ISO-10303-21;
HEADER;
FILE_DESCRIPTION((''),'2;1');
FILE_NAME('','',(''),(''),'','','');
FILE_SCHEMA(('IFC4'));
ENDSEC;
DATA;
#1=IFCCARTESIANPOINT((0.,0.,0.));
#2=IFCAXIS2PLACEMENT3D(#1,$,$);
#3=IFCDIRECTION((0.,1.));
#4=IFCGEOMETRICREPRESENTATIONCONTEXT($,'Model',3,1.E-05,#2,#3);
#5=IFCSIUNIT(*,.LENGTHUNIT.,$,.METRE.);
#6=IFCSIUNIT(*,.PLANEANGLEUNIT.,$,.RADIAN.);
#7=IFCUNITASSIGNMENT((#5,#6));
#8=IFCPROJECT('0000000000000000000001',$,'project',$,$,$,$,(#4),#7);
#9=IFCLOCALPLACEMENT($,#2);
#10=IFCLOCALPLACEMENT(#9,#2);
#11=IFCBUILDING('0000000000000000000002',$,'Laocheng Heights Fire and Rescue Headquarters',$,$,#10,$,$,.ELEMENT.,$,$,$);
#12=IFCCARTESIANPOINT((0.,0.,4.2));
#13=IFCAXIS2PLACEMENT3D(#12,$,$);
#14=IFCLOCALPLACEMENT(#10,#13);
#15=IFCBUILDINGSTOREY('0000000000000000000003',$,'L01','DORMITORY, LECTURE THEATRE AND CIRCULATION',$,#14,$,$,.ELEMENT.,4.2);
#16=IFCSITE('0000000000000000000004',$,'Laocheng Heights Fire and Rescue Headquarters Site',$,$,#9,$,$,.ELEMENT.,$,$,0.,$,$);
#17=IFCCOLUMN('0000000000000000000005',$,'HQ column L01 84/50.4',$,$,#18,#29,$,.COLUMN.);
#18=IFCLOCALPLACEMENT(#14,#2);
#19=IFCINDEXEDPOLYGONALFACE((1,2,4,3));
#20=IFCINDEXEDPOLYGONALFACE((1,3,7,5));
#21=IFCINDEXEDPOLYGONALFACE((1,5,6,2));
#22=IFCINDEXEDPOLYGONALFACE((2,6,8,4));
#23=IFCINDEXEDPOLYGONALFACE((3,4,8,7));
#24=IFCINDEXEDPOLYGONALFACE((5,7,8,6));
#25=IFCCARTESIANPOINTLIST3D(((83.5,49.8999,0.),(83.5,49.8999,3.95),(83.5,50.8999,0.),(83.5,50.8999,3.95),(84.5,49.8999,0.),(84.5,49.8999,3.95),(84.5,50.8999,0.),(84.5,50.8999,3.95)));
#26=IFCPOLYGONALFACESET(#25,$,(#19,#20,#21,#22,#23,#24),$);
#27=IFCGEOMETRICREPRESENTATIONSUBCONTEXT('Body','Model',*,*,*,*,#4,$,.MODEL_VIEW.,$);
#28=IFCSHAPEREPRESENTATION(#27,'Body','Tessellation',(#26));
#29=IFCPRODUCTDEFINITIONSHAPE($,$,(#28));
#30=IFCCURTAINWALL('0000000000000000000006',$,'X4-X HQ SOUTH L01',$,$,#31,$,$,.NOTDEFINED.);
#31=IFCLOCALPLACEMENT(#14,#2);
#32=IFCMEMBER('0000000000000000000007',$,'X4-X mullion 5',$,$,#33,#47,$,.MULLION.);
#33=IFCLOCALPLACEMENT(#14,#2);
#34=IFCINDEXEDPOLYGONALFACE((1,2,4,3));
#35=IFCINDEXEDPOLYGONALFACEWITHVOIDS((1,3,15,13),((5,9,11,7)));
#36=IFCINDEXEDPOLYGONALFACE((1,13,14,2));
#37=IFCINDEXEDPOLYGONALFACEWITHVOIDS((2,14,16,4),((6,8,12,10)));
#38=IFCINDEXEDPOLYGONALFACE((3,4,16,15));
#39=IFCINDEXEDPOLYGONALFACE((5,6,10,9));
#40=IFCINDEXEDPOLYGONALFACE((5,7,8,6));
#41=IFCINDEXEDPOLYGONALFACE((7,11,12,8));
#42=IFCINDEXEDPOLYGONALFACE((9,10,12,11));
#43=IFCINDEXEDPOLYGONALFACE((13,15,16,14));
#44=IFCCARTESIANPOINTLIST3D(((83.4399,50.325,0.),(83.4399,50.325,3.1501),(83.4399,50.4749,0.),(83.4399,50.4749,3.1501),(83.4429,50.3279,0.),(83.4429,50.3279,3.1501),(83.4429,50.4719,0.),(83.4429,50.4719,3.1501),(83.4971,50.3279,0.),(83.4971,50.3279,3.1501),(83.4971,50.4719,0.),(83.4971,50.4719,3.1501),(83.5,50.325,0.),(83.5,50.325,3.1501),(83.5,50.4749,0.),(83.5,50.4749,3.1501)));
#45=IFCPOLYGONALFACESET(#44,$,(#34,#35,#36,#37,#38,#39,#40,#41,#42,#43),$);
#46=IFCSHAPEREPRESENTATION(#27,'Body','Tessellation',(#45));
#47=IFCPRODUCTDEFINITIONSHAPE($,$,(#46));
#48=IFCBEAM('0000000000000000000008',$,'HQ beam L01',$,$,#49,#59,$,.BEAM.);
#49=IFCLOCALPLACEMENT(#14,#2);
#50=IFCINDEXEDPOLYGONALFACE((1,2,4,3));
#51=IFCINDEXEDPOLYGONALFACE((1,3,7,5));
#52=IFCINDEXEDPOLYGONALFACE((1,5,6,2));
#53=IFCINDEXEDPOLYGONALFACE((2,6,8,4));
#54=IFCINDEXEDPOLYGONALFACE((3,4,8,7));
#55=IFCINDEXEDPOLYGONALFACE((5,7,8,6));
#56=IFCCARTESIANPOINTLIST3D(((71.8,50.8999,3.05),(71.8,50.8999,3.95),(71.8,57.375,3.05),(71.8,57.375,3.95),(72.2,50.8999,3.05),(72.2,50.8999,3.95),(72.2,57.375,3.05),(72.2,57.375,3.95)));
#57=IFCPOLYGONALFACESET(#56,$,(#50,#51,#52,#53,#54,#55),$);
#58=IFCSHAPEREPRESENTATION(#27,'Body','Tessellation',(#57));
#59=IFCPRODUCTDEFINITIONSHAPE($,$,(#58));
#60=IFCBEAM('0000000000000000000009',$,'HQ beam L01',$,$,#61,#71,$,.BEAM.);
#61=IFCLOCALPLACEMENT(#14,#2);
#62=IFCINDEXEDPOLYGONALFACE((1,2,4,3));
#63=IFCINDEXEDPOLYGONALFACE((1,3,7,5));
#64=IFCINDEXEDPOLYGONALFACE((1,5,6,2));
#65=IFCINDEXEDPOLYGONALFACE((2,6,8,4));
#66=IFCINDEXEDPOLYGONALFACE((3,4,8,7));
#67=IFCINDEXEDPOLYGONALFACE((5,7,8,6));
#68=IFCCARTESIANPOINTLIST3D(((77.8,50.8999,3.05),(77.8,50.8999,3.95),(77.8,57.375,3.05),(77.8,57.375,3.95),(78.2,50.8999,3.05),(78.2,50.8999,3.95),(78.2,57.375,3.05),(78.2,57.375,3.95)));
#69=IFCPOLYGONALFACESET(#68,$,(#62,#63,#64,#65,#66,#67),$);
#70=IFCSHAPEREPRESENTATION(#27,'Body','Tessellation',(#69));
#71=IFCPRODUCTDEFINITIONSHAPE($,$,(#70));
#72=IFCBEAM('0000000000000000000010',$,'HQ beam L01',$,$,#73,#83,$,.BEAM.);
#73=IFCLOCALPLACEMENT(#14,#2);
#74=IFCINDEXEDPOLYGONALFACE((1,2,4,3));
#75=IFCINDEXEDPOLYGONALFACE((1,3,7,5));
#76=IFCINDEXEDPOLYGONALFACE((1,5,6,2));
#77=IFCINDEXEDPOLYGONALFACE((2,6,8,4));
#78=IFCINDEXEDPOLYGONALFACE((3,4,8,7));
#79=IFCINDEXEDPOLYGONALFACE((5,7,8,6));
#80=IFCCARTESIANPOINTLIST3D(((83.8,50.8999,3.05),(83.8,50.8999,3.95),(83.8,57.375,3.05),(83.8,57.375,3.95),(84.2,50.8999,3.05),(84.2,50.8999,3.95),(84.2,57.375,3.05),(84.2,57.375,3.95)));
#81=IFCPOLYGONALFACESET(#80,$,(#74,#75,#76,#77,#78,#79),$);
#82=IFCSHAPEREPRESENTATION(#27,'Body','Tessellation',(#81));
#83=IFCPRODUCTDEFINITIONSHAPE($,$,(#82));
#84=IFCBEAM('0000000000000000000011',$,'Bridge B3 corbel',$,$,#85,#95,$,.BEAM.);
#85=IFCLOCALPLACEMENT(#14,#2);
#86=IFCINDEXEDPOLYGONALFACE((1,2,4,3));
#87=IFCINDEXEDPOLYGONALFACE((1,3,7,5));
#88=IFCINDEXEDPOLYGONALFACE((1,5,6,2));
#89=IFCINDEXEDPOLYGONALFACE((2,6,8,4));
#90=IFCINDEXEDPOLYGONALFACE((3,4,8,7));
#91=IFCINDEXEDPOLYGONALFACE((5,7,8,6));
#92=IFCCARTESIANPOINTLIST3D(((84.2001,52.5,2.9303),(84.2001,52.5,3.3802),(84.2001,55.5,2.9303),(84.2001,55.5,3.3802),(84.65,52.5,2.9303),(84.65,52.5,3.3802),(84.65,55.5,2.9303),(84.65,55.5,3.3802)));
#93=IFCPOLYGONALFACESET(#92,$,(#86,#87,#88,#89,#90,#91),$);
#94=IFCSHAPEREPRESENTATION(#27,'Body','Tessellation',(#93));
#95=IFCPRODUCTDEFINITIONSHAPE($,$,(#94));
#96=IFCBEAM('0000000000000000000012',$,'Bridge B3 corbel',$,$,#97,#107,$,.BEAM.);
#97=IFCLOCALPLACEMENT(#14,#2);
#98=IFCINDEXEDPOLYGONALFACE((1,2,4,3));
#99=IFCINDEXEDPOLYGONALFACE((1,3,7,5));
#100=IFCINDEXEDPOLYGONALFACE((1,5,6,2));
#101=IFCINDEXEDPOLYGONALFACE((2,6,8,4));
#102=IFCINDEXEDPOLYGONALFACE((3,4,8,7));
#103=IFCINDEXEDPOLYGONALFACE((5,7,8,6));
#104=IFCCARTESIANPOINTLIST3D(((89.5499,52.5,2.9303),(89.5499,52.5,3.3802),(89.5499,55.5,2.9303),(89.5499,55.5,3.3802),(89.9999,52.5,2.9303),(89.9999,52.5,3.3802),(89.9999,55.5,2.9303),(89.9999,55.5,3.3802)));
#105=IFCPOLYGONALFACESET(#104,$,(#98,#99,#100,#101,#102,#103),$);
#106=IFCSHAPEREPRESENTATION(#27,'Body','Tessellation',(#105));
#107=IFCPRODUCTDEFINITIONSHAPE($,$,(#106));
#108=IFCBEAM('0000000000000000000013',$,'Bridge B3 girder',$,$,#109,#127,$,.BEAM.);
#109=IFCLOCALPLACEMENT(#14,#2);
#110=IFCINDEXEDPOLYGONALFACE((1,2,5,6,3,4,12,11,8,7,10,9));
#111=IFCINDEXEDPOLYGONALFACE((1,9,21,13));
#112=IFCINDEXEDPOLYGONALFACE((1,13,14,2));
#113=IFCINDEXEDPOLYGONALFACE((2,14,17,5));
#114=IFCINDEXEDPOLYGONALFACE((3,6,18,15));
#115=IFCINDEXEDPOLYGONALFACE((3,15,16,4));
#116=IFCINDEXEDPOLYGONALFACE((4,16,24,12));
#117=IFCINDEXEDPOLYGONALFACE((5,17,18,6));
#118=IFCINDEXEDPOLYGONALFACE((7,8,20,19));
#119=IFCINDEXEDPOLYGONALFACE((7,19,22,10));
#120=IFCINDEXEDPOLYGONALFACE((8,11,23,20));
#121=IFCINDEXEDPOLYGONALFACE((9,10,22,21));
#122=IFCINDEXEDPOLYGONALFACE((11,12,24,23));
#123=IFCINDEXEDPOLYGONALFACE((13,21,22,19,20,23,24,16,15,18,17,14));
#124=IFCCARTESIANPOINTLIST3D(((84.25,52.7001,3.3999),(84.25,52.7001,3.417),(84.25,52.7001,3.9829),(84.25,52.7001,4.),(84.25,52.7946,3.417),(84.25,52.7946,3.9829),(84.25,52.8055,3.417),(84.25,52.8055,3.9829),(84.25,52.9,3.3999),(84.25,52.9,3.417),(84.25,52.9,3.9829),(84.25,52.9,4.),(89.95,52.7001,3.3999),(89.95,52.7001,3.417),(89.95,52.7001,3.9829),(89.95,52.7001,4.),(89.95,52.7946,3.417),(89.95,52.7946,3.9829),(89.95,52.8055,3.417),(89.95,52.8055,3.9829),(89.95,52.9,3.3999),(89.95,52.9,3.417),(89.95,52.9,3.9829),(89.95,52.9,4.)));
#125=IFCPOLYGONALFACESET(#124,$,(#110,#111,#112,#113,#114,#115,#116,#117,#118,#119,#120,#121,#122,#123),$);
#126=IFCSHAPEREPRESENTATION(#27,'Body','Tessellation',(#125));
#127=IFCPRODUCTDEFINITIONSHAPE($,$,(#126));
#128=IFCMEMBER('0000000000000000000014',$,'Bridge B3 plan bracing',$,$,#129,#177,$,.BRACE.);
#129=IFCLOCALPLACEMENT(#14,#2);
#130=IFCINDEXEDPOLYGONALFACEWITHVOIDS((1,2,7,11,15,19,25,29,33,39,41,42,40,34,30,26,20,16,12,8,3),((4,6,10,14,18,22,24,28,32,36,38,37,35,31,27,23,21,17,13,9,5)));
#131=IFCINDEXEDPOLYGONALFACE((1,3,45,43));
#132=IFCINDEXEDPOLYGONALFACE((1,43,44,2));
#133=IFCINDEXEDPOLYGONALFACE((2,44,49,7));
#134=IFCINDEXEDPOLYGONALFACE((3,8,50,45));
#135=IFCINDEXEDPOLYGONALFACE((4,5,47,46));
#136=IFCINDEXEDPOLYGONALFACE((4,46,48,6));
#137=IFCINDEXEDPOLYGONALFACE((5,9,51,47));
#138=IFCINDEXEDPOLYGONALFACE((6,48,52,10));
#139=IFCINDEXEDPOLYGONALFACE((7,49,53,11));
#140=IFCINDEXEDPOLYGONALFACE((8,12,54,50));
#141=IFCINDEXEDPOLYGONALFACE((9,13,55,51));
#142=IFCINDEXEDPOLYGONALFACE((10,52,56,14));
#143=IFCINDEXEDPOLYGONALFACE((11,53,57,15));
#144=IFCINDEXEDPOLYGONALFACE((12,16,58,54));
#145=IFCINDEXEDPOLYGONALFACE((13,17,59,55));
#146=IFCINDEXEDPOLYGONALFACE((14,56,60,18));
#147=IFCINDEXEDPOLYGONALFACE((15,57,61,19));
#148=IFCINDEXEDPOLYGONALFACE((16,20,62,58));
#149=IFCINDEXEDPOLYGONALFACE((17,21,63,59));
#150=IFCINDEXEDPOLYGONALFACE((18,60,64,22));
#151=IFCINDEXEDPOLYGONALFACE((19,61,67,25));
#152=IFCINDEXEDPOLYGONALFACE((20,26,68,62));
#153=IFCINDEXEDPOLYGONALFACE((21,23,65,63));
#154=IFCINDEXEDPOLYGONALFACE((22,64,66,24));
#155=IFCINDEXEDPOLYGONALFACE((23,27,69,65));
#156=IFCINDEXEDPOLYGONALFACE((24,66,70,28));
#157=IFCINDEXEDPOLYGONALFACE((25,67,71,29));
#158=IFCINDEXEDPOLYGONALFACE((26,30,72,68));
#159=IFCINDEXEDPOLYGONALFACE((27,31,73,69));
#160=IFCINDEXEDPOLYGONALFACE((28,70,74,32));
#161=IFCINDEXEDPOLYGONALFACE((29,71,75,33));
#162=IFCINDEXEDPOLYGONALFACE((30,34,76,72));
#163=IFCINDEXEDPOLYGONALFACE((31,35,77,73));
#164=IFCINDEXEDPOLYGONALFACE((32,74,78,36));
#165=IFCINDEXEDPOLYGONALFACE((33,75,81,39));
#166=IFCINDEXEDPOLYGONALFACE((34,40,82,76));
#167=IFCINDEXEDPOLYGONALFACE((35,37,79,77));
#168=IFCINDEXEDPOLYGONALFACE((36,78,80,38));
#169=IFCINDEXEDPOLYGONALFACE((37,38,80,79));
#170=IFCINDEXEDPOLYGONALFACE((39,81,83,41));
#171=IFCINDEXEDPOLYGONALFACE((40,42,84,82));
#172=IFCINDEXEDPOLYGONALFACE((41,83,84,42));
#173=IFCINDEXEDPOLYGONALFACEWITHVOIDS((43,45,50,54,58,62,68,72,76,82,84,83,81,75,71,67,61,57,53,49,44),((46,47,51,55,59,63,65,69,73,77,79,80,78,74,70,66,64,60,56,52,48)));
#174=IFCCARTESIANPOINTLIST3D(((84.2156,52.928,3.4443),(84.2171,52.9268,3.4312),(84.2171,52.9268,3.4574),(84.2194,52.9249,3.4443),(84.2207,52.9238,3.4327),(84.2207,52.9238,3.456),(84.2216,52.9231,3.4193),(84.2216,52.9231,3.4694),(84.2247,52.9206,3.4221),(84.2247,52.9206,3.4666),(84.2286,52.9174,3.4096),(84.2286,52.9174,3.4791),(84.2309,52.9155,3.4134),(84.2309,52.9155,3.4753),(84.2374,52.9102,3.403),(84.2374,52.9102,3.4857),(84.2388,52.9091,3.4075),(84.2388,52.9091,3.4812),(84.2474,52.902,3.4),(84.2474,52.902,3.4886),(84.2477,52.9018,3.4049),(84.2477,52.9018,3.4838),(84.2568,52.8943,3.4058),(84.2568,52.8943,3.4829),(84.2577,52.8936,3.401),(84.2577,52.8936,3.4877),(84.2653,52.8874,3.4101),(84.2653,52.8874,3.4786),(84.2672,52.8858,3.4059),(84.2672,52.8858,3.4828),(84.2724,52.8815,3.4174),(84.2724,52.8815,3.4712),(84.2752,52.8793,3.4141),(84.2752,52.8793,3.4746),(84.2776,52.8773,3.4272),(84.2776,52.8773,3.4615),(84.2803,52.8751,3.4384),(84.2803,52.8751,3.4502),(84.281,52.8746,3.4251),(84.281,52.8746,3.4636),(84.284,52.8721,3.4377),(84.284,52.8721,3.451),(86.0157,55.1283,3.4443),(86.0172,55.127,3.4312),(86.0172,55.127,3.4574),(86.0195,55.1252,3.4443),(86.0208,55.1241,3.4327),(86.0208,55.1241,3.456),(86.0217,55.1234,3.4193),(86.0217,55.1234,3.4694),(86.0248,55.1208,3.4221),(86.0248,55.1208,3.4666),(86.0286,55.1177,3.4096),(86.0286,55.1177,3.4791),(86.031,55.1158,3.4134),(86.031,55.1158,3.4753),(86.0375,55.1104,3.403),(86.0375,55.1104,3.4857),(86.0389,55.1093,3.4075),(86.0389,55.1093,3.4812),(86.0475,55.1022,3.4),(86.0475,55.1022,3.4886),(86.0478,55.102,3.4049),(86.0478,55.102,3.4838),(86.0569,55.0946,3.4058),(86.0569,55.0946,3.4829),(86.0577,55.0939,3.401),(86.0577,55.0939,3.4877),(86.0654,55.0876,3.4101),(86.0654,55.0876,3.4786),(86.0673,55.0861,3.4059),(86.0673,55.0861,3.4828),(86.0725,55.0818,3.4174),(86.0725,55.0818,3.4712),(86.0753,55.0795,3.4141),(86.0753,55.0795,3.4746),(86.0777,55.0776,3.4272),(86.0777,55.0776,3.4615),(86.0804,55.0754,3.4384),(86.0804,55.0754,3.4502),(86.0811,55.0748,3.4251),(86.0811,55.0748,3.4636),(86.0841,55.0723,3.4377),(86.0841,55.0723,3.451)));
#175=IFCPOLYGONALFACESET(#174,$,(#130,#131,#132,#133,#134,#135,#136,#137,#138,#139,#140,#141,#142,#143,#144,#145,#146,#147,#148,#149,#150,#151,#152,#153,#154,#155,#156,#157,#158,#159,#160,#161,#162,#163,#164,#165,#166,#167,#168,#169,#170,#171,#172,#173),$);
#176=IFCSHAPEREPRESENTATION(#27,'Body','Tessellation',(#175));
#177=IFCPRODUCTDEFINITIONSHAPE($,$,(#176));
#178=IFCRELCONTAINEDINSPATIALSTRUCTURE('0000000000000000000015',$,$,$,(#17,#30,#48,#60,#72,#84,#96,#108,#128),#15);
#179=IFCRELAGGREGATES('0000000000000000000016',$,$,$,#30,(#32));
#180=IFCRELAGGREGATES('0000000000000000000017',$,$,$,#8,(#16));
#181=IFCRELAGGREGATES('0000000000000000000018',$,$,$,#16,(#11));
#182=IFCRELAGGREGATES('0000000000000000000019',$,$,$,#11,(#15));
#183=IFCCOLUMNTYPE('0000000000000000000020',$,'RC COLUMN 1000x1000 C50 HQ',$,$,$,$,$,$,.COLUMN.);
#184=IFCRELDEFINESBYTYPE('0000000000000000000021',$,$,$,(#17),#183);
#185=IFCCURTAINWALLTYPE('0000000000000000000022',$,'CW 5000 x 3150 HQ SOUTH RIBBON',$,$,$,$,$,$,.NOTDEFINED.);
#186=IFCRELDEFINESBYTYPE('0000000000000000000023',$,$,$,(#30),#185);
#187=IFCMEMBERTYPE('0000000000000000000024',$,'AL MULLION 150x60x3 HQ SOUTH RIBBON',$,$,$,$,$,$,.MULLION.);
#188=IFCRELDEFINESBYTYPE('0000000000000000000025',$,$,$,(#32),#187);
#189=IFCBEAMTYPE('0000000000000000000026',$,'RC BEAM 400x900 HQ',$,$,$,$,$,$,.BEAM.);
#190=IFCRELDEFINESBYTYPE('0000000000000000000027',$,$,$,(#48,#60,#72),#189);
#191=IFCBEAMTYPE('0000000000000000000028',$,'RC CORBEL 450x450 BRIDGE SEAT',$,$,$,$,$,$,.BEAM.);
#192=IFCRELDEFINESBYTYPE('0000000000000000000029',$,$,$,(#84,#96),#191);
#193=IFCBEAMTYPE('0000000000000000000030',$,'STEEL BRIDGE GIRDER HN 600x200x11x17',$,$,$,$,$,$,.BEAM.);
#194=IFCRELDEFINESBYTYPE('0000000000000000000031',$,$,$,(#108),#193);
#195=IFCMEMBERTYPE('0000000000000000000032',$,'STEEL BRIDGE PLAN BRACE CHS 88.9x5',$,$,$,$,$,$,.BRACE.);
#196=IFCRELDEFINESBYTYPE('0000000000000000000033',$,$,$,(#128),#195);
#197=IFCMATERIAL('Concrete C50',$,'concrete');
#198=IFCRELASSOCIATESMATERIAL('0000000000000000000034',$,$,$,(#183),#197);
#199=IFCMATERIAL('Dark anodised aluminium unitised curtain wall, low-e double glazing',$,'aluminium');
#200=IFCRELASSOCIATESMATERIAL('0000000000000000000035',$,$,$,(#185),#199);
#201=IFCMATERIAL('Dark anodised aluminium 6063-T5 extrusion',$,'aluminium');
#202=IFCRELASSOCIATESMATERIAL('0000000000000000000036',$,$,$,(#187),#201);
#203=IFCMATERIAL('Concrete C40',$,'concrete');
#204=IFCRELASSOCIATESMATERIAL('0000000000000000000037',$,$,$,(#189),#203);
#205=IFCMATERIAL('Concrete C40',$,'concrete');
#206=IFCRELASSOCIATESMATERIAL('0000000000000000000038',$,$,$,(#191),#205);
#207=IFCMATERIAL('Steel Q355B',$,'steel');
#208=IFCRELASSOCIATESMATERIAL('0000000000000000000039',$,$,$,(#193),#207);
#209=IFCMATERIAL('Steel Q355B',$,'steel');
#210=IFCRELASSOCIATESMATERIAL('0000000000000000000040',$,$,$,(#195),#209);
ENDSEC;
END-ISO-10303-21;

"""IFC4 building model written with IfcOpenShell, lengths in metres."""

from ifc_helpers import new_model, si_unit, direction, frame, origin, origin_2d, place, context, subcontext, project, spatial, rectangle, hollow_rectangle, hollow_circle, i_section, extrude, material, material_profile, profile_set, type_object, element, aggregate, save


model = new_model("IFC4")

# Units and contexts
model_context = context("Model", 3, precision=1e-05, world=origin(), true_north=direction((0.0, 1.0)))
body_context = subcontext(model_context, "Body", "Model", "MODEL_VIEW")
ifc_project = project(units=[si_unit("LENGTHUNIT", "METRE"), si_unit("PLANEANGLEUNIT", "RADIAN")], contexts=[model_context])

# Site, building, storey
site_placement = place(None, origin())
site = spatial("IfcSite", under=ifc_project, at=site_placement, Name="Laocheng Heights Fire and Rescue Headquarters Site", CompositionType="ELEMENT", RefElevation=0.0)
building_placement = place(site_placement, origin())
building = spatial("IfcBuilding", under=site, at=building_placement, Name="Laocheng Heights Fire and Rescue Headquarters", CompositionType="ELEMENT")
storey_placement = place(building_placement, frame((0.0, 0.0, 4.2)))
storey = spatial("IfcBuildingStorey", under=building, at=storey_placement, Name="L01", Description="DORMITORY, LECTURE THEATRE AND CIRCULATION", CompositionType="ELEMENT", Elevation=4.2)

# Column
ifc_material_1 = material(Name="Concrete C50", Category="concrete")
ifc_material_profile_1 = material_profile(ifc_material_1, rectangle(XDim=1.0, YDim=1.0, at=origin_2d()), Name="RC COLUMN 1000x1000 C50 HQ")
ifc_profile_set_1 = profile_set([ifc_material_profile_1], Name="Concrete C50")
column_type = type_object("IfcColumnType", Name="RC COLUMN 1000x1000 C50 HQ", PredefinedType="COLUMN", material=ifc_profile_set_1)
column_placement = place(storey_placement, frame((84.0, 50.3999, 0.0), z_axis=(0.0, 0.0, 1.0), x_axis=(1.0, 0.0, 0.0)))
element("IfcColumn", 1, at=column_placement, inside=storey, type_object=column_type, Name="HQ column L01 84/50.4", PredefinedType="COLUMN", context=body_context, shape_type="SweptSolid", body=[
    extrude(rectangle(XDim=1.0, YDim=1.0, at=origin_2d()), origin(), (0.0, 0.0, 1.0), 3.95),
])

# Curtain wall, member
ifc_material_2 = material(Name="Dark anodised aluminium unitised curtain wall, low-e double glazing", Category="aluminium")
curtain_wall_type = type_object("IfcCurtainWallType", Name="CW 5000 x 3150 HQ SOUTH RIBBON", PredefinedType="NOTDEFINED", material=ifc_material_2)
curtain_wall_placement = place(storey_placement, origin())
curtain_wall = element("IfcCurtainWall", 2, at=curtain_wall_placement, inside=storey, type_object=curtain_wall_type, Name="X4-X HQ SOUTH L01", PredefinedType="NOTDEFINED")
ifc_material_3 = material(Name="Dark anodised aluminium 6063-T5 extrusion", Category="aluminium")
ifc_material_profile_2 = material_profile(ifc_material_3, hollow_rectangle(XDim=0.1499, YDim=0.0601, WallThickness=0.0029, at=origin_2d()), Name="AL MULLION 150x60x3 HQ SOUTH RIBBON")
ifc_profile_set_2 = profile_set([ifc_material_profile_2], Name="Dark anodised aluminium 6063-T5 extrusion")
member_type_1 = type_object("IfcMemberType", Name="AL MULLION 150x60x3 HQ SOUTH RIBBON", PredefinedType="MULLION", material=ifc_profile_set_2)
member_placement = place(storey_placement, frame((83.47, 50.3999, 0.0), z_axis=(0.0, 0.0, 1.0), x_axis=(0.0, 1.0, 0.0)))
member = element("IfcMember", 3, at=member_placement, type_object=member_type_1, Name="X4-X mullion 5", PredefinedType="MULLION", context=body_context, shape_type="SweptSolid", body=[
    extrude(hollow_rectangle(XDim=0.1499, YDim=0.0601, WallThickness=0.0029, at=origin_2d()), origin(), (0.0, 0.0, 1.0), 3.1501),
])

# Beams
ifc_material_4 = material(Name="Concrete C40", Category="concrete")
ifc_material_profile_3 = material_profile(ifc_material_4, rectangle(XDim=0.3999, YDim=0.8999, at=origin_2d()), Name="RC BEAM 400x900 HQ")
ifc_profile_set_3 = profile_set([ifc_material_profile_3], Name="Concrete C40")
beam_type_1 = type_object("IfcBeamType", Name="RC BEAM 400x900 HQ", PredefinedType="BEAM", material=ifc_profile_set_3)
for number, where, z_axis, x_axis, name in (
    (4, (72.0, 50.8999, 3.5), (0.0, 1.0, 0.0), (-1.0, 0.0, 0.0), "HQ beam L01"),
    (5, (78.0, 50.8999, 3.5), (0.0, 1.0, 0.0), (-1.0, 0.0, 0.0), "HQ beam L01"),
    (6, (84.0, 50.8999, 3.5), (0.0, 1.0, 0.0), (-1.0, 0.0, 0.0), "HQ beam L01"),
):
    element("IfcBeam", number, at=place(storey_placement, frame(where, z_axis=z_axis, x_axis=x_axis)), inside=storey, type_object=beam_type_1, Name=name, PredefinedType="BEAM", context=body_context, shape_type="SweptSolid", body=[
        extrude(rectangle(XDim=0.3999, YDim=0.8999, at=origin_2d()), origin(), (0.0, 0.0, 1.0), 6.4751),
    ])
ifc_material_5 = material(Name="Concrete C40", Category="concrete")
ifc_material_profile_4 = material_profile(ifc_material_5, rectangle(XDim=0.45, YDim=0.45, at=origin_2d()), Name="RC CORBEL 450x450 BRIDGE SEAT")
ifc_profile_set_4 = profile_set([ifc_material_profile_4], Name="Concrete C40")
beam_type_2 = type_object("IfcBeamType", Name="RC CORBEL 450x450 BRIDGE SEAT", PredefinedType="BEAM", material=ifc_profile_set_4)
for number, where, z_axis, x_axis, name in (
    (7, (84.425, 52.5, 3.1553), (0.0, 1.0, 0.0), (-1.0, 0.0, 0.0), "Bridge B3 corbel"),
    (8, (89.7749, 52.5, 3.1553), (0.0, 1.0, 0.0), (-1.0, 0.0, 0.0), "Bridge B3 corbel"),
):
    element("IfcBeam", number, at=place(storey_placement, frame(where, z_axis=z_axis, x_axis=x_axis)), inside=storey, type_object=beam_type_2, Name=name, PredefinedType="BEAM", context=body_context, shape_type="SweptSolid", body=[
        extrude(rectangle(XDim=0.45, YDim=0.45, at=origin_2d()), origin(), (0.0, 0.0, 1.0), 3.0),
    ])
ifc_material_6 = material(Name="Steel Q355B", Category="steel")
ifc_material_profile_5 = material_profile(ifc_material_6, i_section(OverallWidth=0.2, OverallDepth=0.6001, WebThickness=0.011, FlangeThickness=0.0171, at=origin_2d()), Name="HN 600x200x11x17")
ifc_profile_set_5 = profile_set([ifc_material_profile_5], Name="Steel Q355B")
beam_type_3 = type_object("IfcBeamType", Name="STEEL BRIDGE GIRDER HN 600x200x11x17", PredefinedType="BEAM", material=ifc_profile_set_5)
beam_placement = place(storey_placement, frame((84.25, 52.8, 3.7), z_axis=(1.0, 0.0, 0.0), x_axis=(0.0, 1.0, 0.0)))
element("IfcBeam", 9, at=beam_placement, inside=storey, type_object=beam_type_3, Name="Bridge B3 girder", PredefinedType="BEAM", context=body_context, shape_type="SweptSolid", body=[
    extrude(i_section(OverallWidth=0.2, OverallDepth=0.6001, WebThickness=0.011, FlangeThickness=0.0171, at=origin_2d()), origin(), (0.0, 0.0, 1.0), 5.7),
])

# Member
ifc_material_7 = material(Name="Steel Q355B", Category="steel")
ifc_material_profile_6 = material_profile(ifc_material_7, hollow_circle(Radius=0.0444, WallThickness=0.0049, at=origin_2d()), Name="CHS 88.9x5")
ifc_profile_set_6 = profile_set([ifc_material_profile_6], Name="Steel Q355B")
member_type_2 = type_object("IfcMemberType", Name="STEEL BRIDGE PLAN BRACE CHS 88.9x5", PredefinedType="BRACE", material=ifc_profile_set_6)
for number, where, z_axis, x_axis, name in (
    (10, (84.25, 52.8999, 3.4443), (0.633214, 0.773976, 0.0), (-0.773976, 0.633214, 0.0), "Bridge B3 plan bracing"),
):
    element("IfcMember", number, at=place(storey_placement, frame(where, z_axis=z_axis, x_axis=x_axis)), inside=storey, type_object=member_type_2, Name=name, PredefinedType="BRACE", context=body_context, shape_type="SweptSolid", body=[
        extrude(hollow_circle(Radius=0.0444, WallThickness=0.0049, at=origin_2d()), origin(), (0.0, 0.0, 1.0), 2.8428),
    ])

aggregate(curtain_wall, [member])

save(model, "model.ifc")
